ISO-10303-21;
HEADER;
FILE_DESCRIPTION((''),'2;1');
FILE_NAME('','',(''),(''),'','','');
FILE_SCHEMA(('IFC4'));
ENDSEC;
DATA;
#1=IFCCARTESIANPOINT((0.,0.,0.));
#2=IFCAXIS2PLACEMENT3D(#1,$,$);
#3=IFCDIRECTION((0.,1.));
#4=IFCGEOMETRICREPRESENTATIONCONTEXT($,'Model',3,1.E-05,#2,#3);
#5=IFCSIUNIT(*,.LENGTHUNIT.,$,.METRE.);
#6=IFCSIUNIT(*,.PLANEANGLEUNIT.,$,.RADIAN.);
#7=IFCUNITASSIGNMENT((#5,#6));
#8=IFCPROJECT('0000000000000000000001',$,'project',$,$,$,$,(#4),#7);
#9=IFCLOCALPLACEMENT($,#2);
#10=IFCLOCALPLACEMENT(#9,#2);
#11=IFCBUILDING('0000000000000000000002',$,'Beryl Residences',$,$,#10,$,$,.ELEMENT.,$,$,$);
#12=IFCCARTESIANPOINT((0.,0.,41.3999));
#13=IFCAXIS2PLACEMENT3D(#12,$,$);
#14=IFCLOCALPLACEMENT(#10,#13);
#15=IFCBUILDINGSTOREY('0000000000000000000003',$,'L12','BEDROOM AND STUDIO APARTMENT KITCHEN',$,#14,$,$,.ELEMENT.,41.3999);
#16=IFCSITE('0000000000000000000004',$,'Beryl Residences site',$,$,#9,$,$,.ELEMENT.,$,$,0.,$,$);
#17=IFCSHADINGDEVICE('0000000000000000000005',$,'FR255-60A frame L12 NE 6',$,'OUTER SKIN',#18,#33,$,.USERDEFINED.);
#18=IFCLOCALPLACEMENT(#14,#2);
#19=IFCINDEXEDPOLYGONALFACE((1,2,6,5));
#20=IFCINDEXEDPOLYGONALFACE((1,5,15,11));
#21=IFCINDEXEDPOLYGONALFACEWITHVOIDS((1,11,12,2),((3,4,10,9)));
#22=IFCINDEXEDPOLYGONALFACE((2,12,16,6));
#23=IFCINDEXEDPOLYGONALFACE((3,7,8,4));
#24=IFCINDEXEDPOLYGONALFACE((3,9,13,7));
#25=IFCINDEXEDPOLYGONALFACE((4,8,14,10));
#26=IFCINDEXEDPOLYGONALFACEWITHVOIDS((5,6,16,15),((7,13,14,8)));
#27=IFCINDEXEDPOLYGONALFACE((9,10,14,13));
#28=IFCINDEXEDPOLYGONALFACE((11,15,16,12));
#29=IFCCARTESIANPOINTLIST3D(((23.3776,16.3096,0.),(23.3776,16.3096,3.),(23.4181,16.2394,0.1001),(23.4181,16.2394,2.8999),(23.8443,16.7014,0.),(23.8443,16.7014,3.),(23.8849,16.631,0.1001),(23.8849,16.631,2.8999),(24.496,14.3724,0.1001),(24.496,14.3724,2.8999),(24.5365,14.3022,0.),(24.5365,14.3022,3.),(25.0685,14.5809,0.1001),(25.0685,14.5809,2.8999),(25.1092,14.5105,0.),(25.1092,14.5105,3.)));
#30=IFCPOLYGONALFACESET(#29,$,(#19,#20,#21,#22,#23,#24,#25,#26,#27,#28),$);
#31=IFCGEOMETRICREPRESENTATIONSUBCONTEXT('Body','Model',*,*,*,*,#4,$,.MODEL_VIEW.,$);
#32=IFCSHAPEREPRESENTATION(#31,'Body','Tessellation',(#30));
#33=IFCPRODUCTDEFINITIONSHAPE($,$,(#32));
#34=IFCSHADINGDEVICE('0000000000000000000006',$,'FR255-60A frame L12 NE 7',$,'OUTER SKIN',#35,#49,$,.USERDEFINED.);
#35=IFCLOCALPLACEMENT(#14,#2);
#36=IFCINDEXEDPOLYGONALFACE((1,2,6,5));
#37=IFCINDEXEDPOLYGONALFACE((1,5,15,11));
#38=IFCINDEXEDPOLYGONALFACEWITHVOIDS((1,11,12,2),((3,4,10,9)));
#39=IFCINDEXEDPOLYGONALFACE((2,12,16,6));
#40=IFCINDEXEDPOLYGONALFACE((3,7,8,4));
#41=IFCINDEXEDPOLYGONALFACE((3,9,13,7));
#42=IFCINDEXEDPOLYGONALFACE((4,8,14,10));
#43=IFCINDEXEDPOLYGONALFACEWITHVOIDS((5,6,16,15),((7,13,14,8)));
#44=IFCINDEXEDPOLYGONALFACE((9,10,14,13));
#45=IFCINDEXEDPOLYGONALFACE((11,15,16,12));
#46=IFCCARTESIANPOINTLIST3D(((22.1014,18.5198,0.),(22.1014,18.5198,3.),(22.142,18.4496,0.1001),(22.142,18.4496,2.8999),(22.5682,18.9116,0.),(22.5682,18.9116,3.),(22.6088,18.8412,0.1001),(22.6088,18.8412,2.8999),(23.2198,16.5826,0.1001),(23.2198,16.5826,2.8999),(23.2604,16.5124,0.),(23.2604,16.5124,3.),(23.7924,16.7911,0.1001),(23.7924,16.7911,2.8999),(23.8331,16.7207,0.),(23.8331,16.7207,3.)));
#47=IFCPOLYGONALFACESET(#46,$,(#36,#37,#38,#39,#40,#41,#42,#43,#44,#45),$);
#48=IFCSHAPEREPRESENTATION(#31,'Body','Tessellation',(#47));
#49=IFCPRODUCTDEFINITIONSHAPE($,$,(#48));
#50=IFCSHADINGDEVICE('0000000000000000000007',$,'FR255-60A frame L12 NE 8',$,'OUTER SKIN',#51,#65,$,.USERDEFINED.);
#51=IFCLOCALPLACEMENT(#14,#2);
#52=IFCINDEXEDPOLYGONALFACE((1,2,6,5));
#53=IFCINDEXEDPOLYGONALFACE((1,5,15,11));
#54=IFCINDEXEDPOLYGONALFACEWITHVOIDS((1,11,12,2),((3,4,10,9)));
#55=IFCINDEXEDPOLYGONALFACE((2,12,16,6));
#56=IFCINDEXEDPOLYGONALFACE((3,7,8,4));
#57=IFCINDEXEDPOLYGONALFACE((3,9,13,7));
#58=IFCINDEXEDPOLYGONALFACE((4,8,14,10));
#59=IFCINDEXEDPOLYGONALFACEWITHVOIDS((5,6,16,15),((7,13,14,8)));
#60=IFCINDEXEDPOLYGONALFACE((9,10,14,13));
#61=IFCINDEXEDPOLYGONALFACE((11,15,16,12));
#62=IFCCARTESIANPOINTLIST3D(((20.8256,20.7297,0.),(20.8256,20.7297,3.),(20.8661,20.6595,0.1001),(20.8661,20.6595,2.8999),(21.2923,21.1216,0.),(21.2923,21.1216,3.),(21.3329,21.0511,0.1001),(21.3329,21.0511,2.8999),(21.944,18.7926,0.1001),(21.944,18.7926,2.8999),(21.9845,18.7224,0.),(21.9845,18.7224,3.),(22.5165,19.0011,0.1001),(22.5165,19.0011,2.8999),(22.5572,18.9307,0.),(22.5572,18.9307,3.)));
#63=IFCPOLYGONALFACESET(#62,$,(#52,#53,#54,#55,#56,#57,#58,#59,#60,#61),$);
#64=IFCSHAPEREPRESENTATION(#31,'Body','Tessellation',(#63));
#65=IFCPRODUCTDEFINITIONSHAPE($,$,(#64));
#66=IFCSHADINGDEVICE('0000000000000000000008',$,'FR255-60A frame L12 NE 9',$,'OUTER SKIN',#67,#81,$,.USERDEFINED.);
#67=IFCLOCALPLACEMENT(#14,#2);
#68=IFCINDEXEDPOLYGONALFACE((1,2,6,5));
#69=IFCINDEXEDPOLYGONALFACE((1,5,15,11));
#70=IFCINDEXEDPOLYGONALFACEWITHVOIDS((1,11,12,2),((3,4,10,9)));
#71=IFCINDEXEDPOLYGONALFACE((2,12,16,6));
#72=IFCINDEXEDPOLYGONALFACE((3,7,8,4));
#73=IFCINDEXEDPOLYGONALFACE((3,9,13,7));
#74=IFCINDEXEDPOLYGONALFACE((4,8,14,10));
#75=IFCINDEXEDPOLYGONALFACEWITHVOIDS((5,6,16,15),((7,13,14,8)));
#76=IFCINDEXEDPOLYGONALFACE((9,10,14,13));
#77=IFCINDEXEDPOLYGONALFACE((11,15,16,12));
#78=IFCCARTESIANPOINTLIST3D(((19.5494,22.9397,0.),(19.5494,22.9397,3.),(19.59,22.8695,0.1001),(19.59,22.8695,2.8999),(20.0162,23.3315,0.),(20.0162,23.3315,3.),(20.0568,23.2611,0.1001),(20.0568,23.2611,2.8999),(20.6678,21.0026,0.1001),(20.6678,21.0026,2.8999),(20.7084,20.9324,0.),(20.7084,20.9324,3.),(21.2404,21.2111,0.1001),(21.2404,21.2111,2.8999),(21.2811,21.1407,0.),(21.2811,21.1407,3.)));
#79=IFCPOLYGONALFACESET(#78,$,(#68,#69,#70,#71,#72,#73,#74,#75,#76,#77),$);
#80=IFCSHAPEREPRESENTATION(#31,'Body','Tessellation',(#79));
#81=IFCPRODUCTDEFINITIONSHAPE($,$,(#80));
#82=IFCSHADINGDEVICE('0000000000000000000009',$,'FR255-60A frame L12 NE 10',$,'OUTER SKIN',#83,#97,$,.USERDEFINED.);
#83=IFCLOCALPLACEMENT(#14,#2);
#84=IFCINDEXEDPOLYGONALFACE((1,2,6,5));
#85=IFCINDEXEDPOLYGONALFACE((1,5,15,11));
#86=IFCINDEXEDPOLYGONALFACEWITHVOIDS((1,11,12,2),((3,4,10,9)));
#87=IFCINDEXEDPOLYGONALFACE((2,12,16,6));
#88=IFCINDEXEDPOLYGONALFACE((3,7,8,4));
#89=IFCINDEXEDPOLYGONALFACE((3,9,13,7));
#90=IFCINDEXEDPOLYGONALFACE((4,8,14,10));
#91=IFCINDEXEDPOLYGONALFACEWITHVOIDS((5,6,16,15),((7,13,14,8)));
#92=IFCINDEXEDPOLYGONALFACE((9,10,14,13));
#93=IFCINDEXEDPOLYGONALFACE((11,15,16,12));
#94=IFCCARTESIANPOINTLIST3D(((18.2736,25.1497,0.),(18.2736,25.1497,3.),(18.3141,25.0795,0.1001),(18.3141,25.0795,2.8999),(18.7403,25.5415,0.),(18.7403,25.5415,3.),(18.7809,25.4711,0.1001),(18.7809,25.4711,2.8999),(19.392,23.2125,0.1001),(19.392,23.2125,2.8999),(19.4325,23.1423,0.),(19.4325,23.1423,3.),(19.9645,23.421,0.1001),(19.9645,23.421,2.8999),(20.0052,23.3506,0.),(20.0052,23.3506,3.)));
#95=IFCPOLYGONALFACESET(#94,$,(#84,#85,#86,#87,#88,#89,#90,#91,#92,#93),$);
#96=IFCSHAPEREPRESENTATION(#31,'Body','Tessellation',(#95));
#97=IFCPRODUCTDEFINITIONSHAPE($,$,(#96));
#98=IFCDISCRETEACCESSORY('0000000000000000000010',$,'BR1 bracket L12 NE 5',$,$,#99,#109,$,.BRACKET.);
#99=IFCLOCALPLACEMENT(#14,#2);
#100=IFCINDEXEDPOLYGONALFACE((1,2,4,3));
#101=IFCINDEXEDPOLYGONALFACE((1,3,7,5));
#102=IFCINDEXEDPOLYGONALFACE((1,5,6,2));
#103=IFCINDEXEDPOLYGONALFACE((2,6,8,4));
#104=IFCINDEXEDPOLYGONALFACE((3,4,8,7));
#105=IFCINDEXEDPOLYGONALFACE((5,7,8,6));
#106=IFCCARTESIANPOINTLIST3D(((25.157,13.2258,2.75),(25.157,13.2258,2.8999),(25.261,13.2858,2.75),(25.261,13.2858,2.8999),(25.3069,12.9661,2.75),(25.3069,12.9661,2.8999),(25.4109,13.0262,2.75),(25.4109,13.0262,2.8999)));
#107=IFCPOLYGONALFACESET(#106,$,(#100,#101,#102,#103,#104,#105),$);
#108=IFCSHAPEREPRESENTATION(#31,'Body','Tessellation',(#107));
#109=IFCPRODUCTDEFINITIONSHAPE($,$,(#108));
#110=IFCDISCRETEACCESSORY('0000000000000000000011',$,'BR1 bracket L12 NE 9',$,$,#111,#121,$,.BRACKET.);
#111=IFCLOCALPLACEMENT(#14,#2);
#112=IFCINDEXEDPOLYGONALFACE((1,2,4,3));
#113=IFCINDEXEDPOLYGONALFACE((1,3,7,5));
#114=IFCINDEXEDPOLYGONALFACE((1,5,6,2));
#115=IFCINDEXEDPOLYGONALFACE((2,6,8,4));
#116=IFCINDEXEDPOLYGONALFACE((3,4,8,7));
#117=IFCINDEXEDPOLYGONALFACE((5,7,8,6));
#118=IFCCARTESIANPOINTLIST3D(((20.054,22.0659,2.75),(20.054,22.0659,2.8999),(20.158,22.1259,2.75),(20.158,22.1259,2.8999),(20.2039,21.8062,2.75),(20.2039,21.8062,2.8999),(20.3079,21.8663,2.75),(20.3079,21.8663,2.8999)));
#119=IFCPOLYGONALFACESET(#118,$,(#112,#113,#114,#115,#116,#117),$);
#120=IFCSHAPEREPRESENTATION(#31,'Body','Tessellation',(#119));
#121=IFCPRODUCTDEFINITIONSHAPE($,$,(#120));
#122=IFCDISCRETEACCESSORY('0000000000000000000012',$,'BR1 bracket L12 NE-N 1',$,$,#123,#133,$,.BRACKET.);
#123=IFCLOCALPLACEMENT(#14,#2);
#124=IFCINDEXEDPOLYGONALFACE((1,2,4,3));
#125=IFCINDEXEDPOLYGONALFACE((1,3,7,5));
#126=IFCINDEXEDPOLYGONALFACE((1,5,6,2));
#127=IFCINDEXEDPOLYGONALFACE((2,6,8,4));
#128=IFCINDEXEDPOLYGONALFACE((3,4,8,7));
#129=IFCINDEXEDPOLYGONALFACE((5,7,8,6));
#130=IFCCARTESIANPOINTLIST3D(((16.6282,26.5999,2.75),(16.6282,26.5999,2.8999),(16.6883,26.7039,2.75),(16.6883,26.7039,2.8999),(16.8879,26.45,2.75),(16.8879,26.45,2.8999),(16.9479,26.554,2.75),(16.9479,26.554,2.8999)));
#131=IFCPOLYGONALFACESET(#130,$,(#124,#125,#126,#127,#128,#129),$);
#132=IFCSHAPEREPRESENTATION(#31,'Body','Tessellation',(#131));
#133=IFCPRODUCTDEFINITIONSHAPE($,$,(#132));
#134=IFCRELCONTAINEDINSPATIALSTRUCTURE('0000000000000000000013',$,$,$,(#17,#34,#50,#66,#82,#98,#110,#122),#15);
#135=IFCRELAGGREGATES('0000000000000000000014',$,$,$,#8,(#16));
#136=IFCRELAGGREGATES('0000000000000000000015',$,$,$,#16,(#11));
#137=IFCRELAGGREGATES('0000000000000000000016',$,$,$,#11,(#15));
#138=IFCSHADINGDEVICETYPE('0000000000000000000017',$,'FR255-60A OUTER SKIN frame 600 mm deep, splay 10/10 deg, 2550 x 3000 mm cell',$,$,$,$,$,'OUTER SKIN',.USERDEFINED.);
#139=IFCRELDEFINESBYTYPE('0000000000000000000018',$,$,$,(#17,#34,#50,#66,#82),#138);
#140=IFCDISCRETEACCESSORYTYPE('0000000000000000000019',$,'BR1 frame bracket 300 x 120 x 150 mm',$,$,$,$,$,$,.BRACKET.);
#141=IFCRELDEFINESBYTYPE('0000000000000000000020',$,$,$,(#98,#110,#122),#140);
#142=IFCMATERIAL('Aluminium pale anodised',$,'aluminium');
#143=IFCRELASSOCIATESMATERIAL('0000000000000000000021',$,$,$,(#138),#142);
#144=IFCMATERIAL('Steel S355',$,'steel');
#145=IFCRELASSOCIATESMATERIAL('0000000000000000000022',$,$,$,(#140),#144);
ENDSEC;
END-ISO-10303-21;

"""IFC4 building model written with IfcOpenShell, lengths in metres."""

from ifc_helpers import new_model, entity, si_unit, direction, frame, origin, place, context, subcontext, project, spatial, polyline, outline, extrude, source, transform, mapped, material, type_object, type_shapes, element, save


model = new_model("IFC4")

# Units and contexts
model_context = context("Model", 3, precision=1e-05, world=origin(), true_north=direction((0.0, 1.0)))
body_context = subcontext(model_context, "Body", "Model", "MODEL_VIEW")
ifc_project = project(units=[si_unit("LENGTHUNIT", "METRE"), si_unit("PLANEANGLEUNIT", "RADIAN")], contexts=[model_context])

# Site, building, storey
site_placement = place(None, origin())
site = spatial("IfcSite", under=ifc_project, at=site_placement, Name="Beryl Residences site", CompositionType="ELEMENT", RefElevation=0.0)
building_placement = place(site_placement, origin())
building = spatial("IfcBuilding", under=site, at=building_placement, Name="Beryl Residences", CompositionType="ELEMENT")
storey_placement = place(building_placement, frame((0.0, 0.0, 41.3999)))
storey = spatial("IfcBuildingStorey", under=building, at=storey_placement, Name="L12", Description="BEDROOM AND STUDIO APARTMENT KITCHEN", CompositionType="ELEMENT", Elevation=41.3999)

# Shading devices
ifc_material_1 = material(Name="Aluminium pale anodised", Category="aluminium")
shading_device_type_1 = type_object("IfcShadingDeviceType", Name="FR255-60A OUTER SKIN frame 600 mm deep, splay 10/10 deg, 2550 x 3000 mm cell", ElementType="OUTER SKIN", PredefinedType="USERDEFINED", material=ifc_material_1)
cartesian_point_1 = entity("IfcCartesianPoint", [-1.1589, 0.0])
cartesian_point_2 = entity("IfcCartesianPoint", [-1.0779, 0.1001])
cartesian_point_3 = entity("IfcCartesianPoint", [-1.2649, 0.0])
cartesian_point_4 = entity("IfcCartesianPoint", [-1.1836, 0.1001])
shared_shape_1 = source(origin(), body_context, "Body", "SweptSolid", [
    entity("IfcExtrudedAreaSolidTapered", entity("IfcArbitraryProfileDefWithVoids", "AREA", None, entity("IfcPolyline", [cartesian_point_1, entity("IfcCartesianPoint", [1.1589, 0.0]), entity("IfcCartesianPoint", [1.1589, 3.0]), entity("IfcCartesianPoint", [-1.1589, 3.0]), cartesian_point_1]), [entity("IfcPolyline", [cartesian_point_2, entity("IfcCartesianPoint", [1.0779, 0.1001]), entity("IfcCartesianPoint", [1.0779, 2.8999]), entity("IfcCartesianPoint", [-1.0779, 2.8999]), cartesian_point_2])]), entity("IfcAxis2Placement3D", entity("IfcCartesianPoint", [0.0, 0.0, 0.0]), entity("IfcDirection", [0.0, 1.0, 0.0]), entity("IfcDirection", [-1.0, 0.0, 0.0])), entity("IfcDirection", [0.0, 0.0, 1.0]), 0.6001, entity("IfcArbitraryProfileDefWithVoids", "AREA", None, entity("IfcPolyline", [cartesian_point_3, entity("IfcCartesianPoint", [1.2649, 0.0]), entity("IfcCartesianPoint", [1.2649, 3.0]), entity("IfcCartesianPoint", [-1.2649, 3.0]), cartesian_point_3]), [entity("IfcPolyline", [cartesian_point_4, entity("IfcCartesianPoint", [1.1836, 0.1001]), entity("IfcCartesianPoint", [1.1836, 2.8999]), entity("IfcCartesianPoint", [-1.1836, 2.8999]), cartesian_point_4])])),
])
type_shapes(shading_device_type_1, [shared_shape_1])
for number, where, z_axis, x_axis, name in (
    (1, (23.957, 15.3059, 0.0), (0.0, 0.0, 1.0), (0.5, -0.866025, 0.0), "FR255-60A frame L12 NE 6"),
    (2, (22.6809, 17.5161, 0.0), (0.0, 0.0, 1.0), (0.5, -0.866025, 0.0), "FR255-60A frame L12 NE 7"),
    (3, (21.405, 19.7261, 0.0), (0.0, 0.0, 1.0), (0.5, -0.866025, 0.0), "FR255-60A frame L12 NE 8"),
    (4, (20.1289, 21.936, 0.0), (0.0, 0.0, 1.0), (0.5, -0.866025, 0.0), "FR255-60A frame L12 NE 9"),
    (5, (18.853, 24.146, 0.0), (0.0, 0.0, 1.0), (0.5, -0.866025, 0.0), "FR255-60A frame L12 NE 10"),
):
    element("IfcShadingDevice", number, at=place(storey_placement, frame(where, z_axis=z_axis, x_axis=x_axis)), inside=storey, type_object=shading_device_type_1, Name=name, ObjectType="OUTER SKIN", PredefinedType="USERDEFINED", context=body_context, shape_type="MappedRepresentation", body=[
        mapped(shared_shape_1, transform((0.0, 0.0, 0.0))),
    ])

# Discrete accessories
ifc_material_2 = material(Name="Steel S355", Category="steel")
discrete_accessory_type = type_object("IfcDiscreteAccessoryType", Name="BR1 frame bracket 300 x 120 x 150 mm", PredefinedType="BRACKET", material=ifc_material_2)
shared_shape_2 = source(origin(), body_context, "Body", "SweptSolid", [
    extrude(outline(polyline([(-0.1499, 0.0), (0.1499, 0.0), (0.1499, 0.1201), (-0.1499, 0.1201), (-0.1499, 0.0)])), origin(), (0.0, 0.0, 1.0), 0.1499),
])
type_shapes(discrete_accessory_type, [shared_shape_2])
for number, where, z_axis, x_axis, name in (
    (6, (25.2319, 13.0959, 2.75), (0.0, 0.0, 1.0), (0.5, -0.866025, 0.0), "BR1 bracket L12 NE 5"),
    (7, (20.1289, 21.936, 2.75), (0.0, 0.0, 1.0), (0.5, -0.866025, 0.0), "BR1 bracket L12 NE 9"),
    (8, (16.7581, 26.5249, 2.75), (0.0, 0.0, 1.0), (0.866025, -0.5, 0.0), "BR1 bracket L12 NE-N 1"),
):
    element("IfcDiscreteAccessory", number, at=place(storey_placement, frame(where, z_axis=z_axis, x_axis=x_axis)), inside=storey, type_object=discrete_accessory_type, Name=name, PredefinedType="BRACKET", context=body_context, shape_type="MappedRepresentation", body=[
        mapped(shared_shape_2, transform((0.0, 0.0, 0.0))),
    ])

save(model, "model.ifc")
